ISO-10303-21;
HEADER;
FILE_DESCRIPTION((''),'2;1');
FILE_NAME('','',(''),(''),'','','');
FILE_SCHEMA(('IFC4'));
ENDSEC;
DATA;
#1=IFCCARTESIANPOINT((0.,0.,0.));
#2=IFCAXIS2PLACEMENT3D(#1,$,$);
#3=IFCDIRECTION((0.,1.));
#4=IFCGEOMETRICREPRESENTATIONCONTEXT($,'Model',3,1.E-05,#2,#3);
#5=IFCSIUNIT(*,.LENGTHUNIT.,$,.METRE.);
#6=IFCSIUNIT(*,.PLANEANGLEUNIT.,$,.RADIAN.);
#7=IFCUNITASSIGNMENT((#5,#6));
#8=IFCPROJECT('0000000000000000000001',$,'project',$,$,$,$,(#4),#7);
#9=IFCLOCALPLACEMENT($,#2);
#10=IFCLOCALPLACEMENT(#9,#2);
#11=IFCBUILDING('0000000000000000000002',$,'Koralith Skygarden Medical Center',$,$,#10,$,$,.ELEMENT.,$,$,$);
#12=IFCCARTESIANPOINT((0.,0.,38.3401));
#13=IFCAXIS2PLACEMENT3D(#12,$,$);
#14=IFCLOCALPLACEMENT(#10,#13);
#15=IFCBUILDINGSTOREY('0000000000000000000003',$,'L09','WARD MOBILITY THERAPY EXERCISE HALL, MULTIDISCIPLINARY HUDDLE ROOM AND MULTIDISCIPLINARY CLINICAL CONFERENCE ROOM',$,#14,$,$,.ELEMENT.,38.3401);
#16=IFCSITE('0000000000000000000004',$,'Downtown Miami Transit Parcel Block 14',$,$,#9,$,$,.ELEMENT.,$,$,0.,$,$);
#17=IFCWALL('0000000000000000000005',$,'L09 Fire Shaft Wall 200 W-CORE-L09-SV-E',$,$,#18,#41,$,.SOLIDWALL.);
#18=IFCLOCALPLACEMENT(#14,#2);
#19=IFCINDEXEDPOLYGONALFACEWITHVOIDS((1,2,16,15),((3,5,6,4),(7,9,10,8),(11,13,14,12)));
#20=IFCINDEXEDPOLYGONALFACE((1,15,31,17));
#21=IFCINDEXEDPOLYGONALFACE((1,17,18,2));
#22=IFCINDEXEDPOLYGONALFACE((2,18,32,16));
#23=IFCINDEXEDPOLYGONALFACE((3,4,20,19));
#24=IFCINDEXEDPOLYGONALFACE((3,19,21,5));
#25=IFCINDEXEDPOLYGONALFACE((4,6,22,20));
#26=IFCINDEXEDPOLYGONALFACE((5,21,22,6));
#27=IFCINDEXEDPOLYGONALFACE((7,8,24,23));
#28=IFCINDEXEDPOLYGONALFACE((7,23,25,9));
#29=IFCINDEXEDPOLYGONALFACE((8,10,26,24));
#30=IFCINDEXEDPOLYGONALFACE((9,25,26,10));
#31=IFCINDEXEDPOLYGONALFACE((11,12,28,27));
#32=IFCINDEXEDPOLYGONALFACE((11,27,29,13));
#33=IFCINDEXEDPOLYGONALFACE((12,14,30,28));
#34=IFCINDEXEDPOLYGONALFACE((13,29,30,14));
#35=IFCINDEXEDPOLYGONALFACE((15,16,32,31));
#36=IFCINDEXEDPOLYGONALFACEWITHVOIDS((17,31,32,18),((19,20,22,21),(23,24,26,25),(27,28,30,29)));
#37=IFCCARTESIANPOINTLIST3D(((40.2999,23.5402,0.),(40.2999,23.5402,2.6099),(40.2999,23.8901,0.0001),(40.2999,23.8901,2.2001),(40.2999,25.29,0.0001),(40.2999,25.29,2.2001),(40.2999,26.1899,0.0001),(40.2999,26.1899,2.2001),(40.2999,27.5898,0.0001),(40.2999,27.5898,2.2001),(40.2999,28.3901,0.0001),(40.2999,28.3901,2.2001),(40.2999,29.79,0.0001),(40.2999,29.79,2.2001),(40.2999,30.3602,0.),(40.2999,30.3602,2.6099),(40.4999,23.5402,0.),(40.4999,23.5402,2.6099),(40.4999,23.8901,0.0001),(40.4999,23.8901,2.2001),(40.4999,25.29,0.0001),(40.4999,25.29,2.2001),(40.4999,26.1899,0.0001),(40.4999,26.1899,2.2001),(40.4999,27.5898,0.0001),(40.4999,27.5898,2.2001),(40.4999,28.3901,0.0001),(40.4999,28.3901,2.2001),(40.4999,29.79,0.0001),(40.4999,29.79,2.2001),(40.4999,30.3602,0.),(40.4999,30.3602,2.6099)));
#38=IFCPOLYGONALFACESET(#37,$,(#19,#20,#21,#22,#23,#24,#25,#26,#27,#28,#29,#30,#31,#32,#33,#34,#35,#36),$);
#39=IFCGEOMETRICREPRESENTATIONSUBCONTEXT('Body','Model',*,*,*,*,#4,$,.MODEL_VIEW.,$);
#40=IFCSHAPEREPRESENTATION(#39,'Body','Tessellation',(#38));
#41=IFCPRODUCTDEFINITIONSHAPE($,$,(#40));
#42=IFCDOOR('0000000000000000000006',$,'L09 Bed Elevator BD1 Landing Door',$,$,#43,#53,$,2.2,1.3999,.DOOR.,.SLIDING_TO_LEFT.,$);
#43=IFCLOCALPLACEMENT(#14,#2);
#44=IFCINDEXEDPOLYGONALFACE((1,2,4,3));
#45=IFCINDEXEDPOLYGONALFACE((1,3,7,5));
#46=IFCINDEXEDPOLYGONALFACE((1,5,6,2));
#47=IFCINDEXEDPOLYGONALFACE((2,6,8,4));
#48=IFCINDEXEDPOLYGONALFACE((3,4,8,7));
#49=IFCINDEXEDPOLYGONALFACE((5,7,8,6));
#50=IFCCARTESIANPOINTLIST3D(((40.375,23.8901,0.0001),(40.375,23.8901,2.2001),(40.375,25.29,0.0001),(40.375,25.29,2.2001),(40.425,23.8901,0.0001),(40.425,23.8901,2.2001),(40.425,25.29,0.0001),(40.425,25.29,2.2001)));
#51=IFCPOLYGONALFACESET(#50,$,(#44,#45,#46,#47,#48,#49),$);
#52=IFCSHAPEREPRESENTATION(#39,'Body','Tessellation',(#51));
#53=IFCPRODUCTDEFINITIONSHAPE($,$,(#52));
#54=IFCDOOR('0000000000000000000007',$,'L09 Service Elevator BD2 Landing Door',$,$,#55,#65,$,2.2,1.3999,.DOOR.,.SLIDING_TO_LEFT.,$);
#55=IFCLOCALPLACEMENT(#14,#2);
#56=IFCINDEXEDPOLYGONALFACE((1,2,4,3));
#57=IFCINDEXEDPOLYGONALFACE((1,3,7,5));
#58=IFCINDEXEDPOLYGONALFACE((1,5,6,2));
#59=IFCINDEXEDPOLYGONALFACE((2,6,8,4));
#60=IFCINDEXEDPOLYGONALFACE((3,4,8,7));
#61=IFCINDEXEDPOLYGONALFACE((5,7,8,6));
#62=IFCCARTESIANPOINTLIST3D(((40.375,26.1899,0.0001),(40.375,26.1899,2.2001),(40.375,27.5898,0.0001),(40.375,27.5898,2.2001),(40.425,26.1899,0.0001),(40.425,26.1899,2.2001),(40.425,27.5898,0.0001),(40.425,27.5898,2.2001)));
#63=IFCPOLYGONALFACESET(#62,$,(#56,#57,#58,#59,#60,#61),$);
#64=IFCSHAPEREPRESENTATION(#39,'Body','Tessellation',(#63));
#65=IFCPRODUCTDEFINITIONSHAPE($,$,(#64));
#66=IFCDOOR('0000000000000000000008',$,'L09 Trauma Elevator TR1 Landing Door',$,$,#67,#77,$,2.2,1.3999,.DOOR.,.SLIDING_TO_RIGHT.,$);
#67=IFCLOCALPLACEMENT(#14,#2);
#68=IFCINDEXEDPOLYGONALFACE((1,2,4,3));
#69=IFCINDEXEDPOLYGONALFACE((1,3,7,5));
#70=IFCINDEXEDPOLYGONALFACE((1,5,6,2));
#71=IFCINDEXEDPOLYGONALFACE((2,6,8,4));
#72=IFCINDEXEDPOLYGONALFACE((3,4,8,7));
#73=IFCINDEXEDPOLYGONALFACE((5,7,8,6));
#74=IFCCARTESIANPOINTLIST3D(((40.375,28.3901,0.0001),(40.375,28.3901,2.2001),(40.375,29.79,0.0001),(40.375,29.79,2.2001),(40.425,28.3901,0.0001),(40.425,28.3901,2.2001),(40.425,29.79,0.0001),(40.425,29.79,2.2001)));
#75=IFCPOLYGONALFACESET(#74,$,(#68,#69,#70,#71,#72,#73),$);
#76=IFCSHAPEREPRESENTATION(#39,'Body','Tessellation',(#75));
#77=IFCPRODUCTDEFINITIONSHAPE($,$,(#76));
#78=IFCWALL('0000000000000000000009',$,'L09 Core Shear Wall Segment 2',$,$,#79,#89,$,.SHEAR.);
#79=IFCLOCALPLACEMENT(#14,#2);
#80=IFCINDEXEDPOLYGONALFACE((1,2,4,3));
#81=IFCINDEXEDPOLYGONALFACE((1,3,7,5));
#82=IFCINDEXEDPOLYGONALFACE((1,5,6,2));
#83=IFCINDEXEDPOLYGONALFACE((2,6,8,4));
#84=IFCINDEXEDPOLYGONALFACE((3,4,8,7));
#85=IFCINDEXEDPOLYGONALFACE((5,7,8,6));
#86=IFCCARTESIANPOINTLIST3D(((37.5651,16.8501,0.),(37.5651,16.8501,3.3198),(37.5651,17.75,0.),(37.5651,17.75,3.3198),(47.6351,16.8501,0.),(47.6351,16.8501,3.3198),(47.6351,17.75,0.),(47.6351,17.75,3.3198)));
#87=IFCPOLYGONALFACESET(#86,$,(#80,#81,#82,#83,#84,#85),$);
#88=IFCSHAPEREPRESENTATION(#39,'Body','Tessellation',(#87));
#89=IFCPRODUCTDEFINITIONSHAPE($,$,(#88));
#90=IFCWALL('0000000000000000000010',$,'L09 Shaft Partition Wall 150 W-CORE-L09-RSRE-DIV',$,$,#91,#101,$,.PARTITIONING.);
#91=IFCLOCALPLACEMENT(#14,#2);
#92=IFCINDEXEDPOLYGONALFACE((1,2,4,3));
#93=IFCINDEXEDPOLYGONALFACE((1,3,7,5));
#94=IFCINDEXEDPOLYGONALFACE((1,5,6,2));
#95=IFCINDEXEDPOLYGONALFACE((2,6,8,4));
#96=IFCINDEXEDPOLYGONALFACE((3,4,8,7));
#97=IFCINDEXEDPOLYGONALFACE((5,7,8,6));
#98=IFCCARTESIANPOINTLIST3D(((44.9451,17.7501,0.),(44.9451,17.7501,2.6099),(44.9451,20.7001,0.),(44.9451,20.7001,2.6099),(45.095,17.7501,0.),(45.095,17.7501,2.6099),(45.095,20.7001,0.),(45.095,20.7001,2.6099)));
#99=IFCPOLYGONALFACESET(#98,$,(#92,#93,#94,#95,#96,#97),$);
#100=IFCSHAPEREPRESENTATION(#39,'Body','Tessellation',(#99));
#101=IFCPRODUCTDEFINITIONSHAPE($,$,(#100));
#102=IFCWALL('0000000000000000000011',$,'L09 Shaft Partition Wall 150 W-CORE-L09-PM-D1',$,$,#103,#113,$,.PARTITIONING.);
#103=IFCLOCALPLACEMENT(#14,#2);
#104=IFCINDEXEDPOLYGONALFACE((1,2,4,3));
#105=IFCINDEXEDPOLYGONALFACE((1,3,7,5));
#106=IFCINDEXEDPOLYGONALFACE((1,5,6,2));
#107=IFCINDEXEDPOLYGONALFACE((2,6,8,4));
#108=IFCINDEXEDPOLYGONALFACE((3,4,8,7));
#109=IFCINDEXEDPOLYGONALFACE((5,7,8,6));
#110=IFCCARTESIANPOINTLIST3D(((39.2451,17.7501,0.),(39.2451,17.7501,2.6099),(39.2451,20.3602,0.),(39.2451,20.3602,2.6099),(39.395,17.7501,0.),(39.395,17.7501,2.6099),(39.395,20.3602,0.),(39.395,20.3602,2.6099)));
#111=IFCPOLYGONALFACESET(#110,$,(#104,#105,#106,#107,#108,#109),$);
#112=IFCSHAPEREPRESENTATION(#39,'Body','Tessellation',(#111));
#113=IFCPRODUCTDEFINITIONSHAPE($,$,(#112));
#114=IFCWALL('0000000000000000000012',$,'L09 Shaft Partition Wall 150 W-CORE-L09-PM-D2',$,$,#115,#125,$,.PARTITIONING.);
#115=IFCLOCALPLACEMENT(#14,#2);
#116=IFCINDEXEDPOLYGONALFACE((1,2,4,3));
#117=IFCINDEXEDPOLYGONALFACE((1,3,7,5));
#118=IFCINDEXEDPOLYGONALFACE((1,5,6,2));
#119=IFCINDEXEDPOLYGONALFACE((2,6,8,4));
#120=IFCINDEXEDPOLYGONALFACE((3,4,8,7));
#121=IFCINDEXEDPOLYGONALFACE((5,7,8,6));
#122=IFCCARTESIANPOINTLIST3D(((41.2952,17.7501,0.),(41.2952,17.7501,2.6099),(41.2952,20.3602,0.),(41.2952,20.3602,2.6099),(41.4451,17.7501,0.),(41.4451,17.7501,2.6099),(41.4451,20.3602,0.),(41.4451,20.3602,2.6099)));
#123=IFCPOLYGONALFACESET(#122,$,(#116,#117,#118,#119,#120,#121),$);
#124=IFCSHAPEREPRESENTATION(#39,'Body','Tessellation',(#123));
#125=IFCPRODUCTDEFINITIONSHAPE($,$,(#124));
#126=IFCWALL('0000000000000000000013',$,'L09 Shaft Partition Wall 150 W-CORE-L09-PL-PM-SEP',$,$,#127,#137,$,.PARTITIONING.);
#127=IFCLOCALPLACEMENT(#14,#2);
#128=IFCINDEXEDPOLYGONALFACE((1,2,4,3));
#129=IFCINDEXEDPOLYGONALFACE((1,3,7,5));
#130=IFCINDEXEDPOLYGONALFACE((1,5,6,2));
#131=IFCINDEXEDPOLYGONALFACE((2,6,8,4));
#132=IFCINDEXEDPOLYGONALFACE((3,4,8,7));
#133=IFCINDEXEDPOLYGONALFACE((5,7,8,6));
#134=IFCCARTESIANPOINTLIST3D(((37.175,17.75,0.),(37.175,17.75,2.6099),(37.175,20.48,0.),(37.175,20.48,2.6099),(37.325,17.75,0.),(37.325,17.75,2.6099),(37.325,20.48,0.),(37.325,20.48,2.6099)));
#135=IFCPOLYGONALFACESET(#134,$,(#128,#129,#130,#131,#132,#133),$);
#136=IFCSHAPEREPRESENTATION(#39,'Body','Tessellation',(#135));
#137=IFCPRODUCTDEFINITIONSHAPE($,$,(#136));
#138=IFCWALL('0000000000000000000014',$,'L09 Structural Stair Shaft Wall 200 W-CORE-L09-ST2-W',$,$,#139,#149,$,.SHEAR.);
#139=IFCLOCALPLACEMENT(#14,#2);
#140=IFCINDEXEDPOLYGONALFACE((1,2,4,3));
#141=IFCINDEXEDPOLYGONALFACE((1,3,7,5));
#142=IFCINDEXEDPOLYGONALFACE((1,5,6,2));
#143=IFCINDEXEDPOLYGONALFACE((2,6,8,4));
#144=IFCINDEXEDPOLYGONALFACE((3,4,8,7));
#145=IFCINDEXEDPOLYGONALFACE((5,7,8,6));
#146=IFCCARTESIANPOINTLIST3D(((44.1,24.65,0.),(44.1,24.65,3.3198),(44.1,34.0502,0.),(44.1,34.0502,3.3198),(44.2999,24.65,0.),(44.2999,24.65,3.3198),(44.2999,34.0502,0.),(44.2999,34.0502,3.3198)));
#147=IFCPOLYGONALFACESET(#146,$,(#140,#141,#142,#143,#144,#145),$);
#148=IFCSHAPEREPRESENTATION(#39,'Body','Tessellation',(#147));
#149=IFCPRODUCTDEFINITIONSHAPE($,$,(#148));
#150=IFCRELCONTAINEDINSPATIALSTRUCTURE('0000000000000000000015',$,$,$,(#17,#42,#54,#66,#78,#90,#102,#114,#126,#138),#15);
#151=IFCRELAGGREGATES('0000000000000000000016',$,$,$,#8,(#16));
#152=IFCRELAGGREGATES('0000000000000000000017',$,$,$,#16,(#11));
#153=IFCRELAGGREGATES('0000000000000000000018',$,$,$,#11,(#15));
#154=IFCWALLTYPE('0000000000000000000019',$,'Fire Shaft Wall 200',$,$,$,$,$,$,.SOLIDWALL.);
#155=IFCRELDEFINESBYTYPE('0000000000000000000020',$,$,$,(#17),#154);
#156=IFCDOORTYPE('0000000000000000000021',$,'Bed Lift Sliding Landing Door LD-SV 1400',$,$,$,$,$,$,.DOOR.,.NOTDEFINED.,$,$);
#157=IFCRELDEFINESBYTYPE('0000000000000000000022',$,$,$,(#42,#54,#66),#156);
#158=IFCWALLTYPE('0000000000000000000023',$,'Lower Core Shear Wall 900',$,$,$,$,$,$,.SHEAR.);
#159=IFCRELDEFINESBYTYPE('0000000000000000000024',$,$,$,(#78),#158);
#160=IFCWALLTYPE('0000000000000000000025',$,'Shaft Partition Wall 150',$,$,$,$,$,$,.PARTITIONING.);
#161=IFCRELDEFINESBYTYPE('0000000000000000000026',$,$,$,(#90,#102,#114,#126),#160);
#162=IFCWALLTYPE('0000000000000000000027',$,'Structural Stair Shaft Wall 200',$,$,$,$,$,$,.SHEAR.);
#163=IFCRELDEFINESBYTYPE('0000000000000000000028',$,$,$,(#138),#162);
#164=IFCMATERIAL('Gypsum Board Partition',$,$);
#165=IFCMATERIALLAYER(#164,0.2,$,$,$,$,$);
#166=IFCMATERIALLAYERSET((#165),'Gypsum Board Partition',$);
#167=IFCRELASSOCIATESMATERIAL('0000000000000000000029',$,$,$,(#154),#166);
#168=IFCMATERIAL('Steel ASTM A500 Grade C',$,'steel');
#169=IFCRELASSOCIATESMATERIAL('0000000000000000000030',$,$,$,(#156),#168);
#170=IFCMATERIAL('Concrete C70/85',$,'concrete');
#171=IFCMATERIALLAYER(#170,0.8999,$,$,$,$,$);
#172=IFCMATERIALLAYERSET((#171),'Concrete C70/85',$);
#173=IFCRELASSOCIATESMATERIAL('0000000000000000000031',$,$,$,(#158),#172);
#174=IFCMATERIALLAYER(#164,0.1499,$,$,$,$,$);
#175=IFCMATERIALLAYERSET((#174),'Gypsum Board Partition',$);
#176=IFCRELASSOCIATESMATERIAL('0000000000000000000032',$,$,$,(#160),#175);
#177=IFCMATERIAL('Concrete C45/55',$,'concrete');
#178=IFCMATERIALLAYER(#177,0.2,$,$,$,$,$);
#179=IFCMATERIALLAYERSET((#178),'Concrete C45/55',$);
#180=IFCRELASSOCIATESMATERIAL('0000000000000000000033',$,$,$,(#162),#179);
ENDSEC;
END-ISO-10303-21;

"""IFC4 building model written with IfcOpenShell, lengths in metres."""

from ifc_helpers import new_model, si_unit, direction, frame, frame_2d, origin, place, context, subcontext, project, spatial, rectangle, extrude, material, layer, layer_set, type_object, element, fill, save


model = new_model("IFC4")

# Units and contexts
model_context = context("Model", 3, precision=1e-05, world=origin(), true_north=direction((0.0, 1.0)))
body_context = subcontext(model_context, "Body", "Model", "MODEL_VIEW")
ifc_project = project(units=[si_unit("LENGTHUNIT", "METRE"), si_unit("PLANEANGLEUNIT", "RADIAN")], contexts=[model_context])

# Site, building, storey
site_placement = place(None, origin())
site = spatial("IfcSite", under=ifc_project, at=site_placement, Name="Downtown Miami Transit Parcel Block 14", CompositionType="ELEMENT", RefElevation=0.0)
building_placement = place(site_placement, origin())
building = spatial("IfcBuilding", under=site, at=building_placement, Name="Koralith Skygarden Medical Center", CompositionType="ELEMENT")
storey_placement = place(building_placement, frame((0.0, 0.0, 38.3401)))
storey = spatial("IfcBuildingStorey", under=building, at=storey_placement, Name="L09", Description="WARD MOBILITY THERAPY EXERCISE HALL, MULTIDISCIPLINARY HUDDLE ROOM AND MULTIDISCIPLINARY CLINICAL CONFERENCE ROOM", CompositionType="ELEMENT", Elevation=38.3401)

# Shared definitions
ifc_material_1 = material(Name="Concrete C70/85", Category="concrete")

# Shared definitions
ifc_material_2 = material(Name="Concrete C45/55", Category="concrete")

# Shared definitions
ifc_material_3 = material(Name="Gypsum Board Partition")
ifc_layer_1 = layer(ifc_material_3, 0.2)
ifc_layer_set_1 = layer_set([ifc_layer_1], Name="Gypsum Board Partition")
wall_type_1 = type_object("IfcWallType", Name="Fire Shaft Wall 200", PredefinedType="SOLIDWALL", material=ifc_layer_set_1)
ifc_material_4 = material(Name="Steel ASTM A500 Grade C", Category="steel")

# Wall, openings, doors
wall_1_placement = place(storey_placement, frame((40.3999, 23.54, 0.0), z_axis=(0.0, 0.0, 1.0), x_axis=(0.0, 1.0, 0.0)))
wall_1 = element("IfcWall", 1, at=wall_1_placement, inside=storey, type_object=wall_type_1, Name="L09 Fire Shaft Wall 200 W-CORE-L09-SV-E", PredefinedType="SOLIDWALL", context=body_context, shape_type="SweptSolid", body=[
    extrude(rectangle(XDim=6.8201, YDim=0.2, at=frame_2d((3.4102, 0.0))), origin(), (0.0, 0.0, 1.0), 2.6099),
])
opening_1_placement = place(wall_1_placement, frame((0.3501, 0.0, 0.0)))
opening_1 = element("IfcOpeningElement", 2, at=opening_1_placement, cuts=wall_1, PredefinedType="OPENING", context=body_context, shape_type="SweptSolid", body=[
    extrude(rectangle(XDim=1.3999, YDim=2.2, at=frame_2d((0.7, 1.1001))), frame((0.0, 0.1099, 0.0), z_axis=(0.0, -1.0, 0.0), x_axis=(1.0, 0.0, 0.0)), (0.0, 0.0, 1.0), 0.22),
])
opening_2_placement = place(wall_1_placement, frame((2.6499, 0.0, 0.0)))
opening_2 = element("IfcOpeningElement", 3, at=opening_2_placement, cuts=wall_1, PredefinedType="OPENING", context=body_context, shape_type="SweptSolid", body=[
    extrude(rectangle(XDim=1.3999, YDim=2.2, at=frame_2d((0.7, 1.1001))), frame((0.0, 0.1099, 0.0), z_axis=(0.0, -1.0, 0.0), x_axis=(1.0, 0.0, 0.0)), (0.0, 0.0, 1.0), 0.22),
])
opening_3_placement = place(wall_1_placement, frame((4.8501, 0.0, 0.0)))
opening_3 = element("IfcOpeningElement", 4, at=opening_3_placement, cuts=wall_1, PredefinedType="OPENING", context=body_context, shape_type="SweptSolid", body=[
    extrude(rectangle(XDim=1.3999, YDim=2.2, at=frame_2d((0.7, 1.1001))), frame((0.0, 0.1099, 0.0), z_axis=(0.0, -1.0, 0.0), x_axis=(1.0, 0.0, 0.0)), (0.0, 0.0, 1.0), 0.22),
])
door_type_1 = type_object("IfcDoorType", Name="Bed Lift Sliding Landing Door LD-SV 1400", OperationType="NOTDEFINED", PredefinedType="DOOR", material=ifc_material_4)
door_1_placement = place(opening_1_placement, origin())
door_1 = element("IfcDoor", 5, at=door_1_placement, inside=storey, type_object=door_type_1, Name="L09 Bed Elevator BD1 Landing Door", OperationType="SLIDING_TO_LEFT", OverallHeight=2.2, OverallWidth=1.3999, PredefinedType="DOOR", context=body_context, shape_type="SweptSolid", body=[
    extrude(rectangle(XDim=1.3999, YDim=2.2, at=frame_2d((0.7, 1.1001))), frame((0.0, 0.0249, 0.0), z_axis=(0.0, -1.0, 0.0), x_axis=(1.0, 0.0, 0.0)), (0.0, 0.0, 1.0), 0.05),
])
fill(opening_1, door_1)
door_2_placement = place(opening_2_placement, origin())
door_2 = element("IfcDoor", 6, at=door_2_placement, inside=storey, type_object=door_type_1, Name="L09 Service Elevator BD2 Landing Door", OperationType="SLIDING_TO_LEFT", OverallHeight=2.2, OverallWidth=1.3999, PredefinedType="DOOR", context=body_context, shape_type="SweptSolid", body=[
    extrude(rectangle(XDim=1.3999, YDim=2.2, at=frame_2d((0.7, 1.1001))), frame((0.0, 0.0249, 0.0), z_axis=(0.0, -1.0, 0.0), x_axis=(1.0, 0.0, 0.0)), (0.0, 0.0, 1.0), 0.05),
])
fill(opening_2, door_2)
door_3_placement = place(opening_3_placement, origin())
door_3 = element("IfcDoor", 7, at=door_3_placement, inside=storey, type_object=door_type_1, Name="L09 Trauma Elevator TR1 Landing Door", OperationType="SLIDING_TO_RIGHT", OverallHeight=2.2, OverallWidth=1.3999, PredefinedType="DOOR", context=body_context, shape_type="SweptSolid", body=[
    extrude(rectangle(XDim=1.3999, YDim=2.2, at=frame_2d((0.7, 1.1001))), frame((0.0, 0.0249, 0.0), z_axis=(0.0, -1.0, 0.0), x_axis=(1.0, 0.0, 0.0)), (0.0, 0.0, 1.0), 0.05),
])
fill(opening_3, door_3)

# Wall
ifc_layer_2 = layer(ifc_material_1, 0.8999)
ifc_layer_set_2 = layer_set([ifc_layer_2], Name="Concrete C70/85")
wall_type_2 = type_object("IfcWallType", Name="Lower Core Shear Wall 900", PredefinedType="SHEAR", material=ifc_layer_set_2)
wall_2_placement = place(storey_placement, frame((37.5649, 17.3, 0.0), z_axis=(0.0, 0.0, 1.0), x_axis=(1.0, 0.0, 0.0)))
element("IfcWall", 8, at=wall_2_placement, inside=storey, type_object=wall_type_2, Name="L09 Core Shear Wall Segment 2", PredefinedType="SHEAR", context=body_context, shape_type="SweptSolid", body=[
    extrude(rectangle(XDim=10.0701, YDim=0.8999, at=frame_2d((5.0352, 0.0))), origin(), (0.0, 0.0, 1.0), 3.3198),
])

# Walls
ifc_layer_3 = layer(ifc_material_3, 0.1499)
ifc_layer_set_3 = layer_set([ifc_layer_3], Name="Gypsum Board Partition")
wall_type_3 = type_object("IfcWallType", Name="Shaft Partition Wall 150", PredefinedType="PARTITIONING", material=ifc_layer_set_3)
wall_3_placement = place(storey_placement, frame((45.02, 17.75, 0.0), z_axis=(0.0, 0.0, 1.0), x_axis=(0.0, 1.0, 0.0)))
element("IfcWall", 9, at=wall_3_placement, inside=storey, type_object=wall_type_3, Name="L09 Shaft Partition Wall 150 W-CORE-L09-RSRE-DIV", PredefinedType="PARTITIONING", context=body_context, shape_type="SweptSolid", body=[
    extrude(rectangle(XDim=2.95, YDim=0.1499, at=frame_2d((1.4751, 0.0))), origin(), (0.0, 0.0, 1.0), 2.6099),
])
for number, where, z_axis, x_axis, name in (
    (10, (39.3201, 17.75, 0.0), (0.0, 0.0, 1.0), (0.0, 1.0, 0.0), "L09 Shaft Partition Wall 150 W-CORE-L09-PM-D1"),
    (11, (41.3701, 17.75, 0.0), (0.0, 0.0, 1.0), (0.0, 1.0, 0.0), "L09 Shaft Partition Wall 150 W-CORE-L09-PM-D2"),
):
    element("IfcWall", number, at=place(storey_placement, frame(where, z_axis=z_axis, x_axis=x_axis)), inside=storey, type_object=wall_type_3, Name=name, PredefinedType="PARTITIONING", context=body_context, shape_type="SweptSolid", body=[
        extrude(rectangle(XDim=2.6101, YDim=0.1499, at=frame_2d((1.3052, 0.0))), origin(), (0.0, 0.0, 1.0), 2.6099),
    ])
wall_4_placement = place(storey_placement, frame((37.25, 17.75, 0.0), z_axis=(0.0, 0.0, 1.0), x_axis=(0.0, 1.0, 0.0)))
element("IfcWall", 12, at=wall_4_placement, inside=storey, type_object=wall_type_3, Name="L09 Shaft Partition Wall 150 W-CORE-L09-PL-PM-SEP", PredefinedType="PARTITIONING", context=body_context, shape_type="SweptSolid", body=[
    extrude(rectangle(XDim=2.73, YDim=0.1499, at=frame_2d((1.365, 0.0))), origin(), (0.0, 0.0, 1.0), 2.6099),
])
ifc_layer_4 = layer(ifc_material_2, 0.2)
ifc_layer_set_4 = layer_set([ifc_layer_4], Name="Concrete C45/55")
wall_type_4 = type_object("IfcWallType", Name="Structural Stair Shaft Wall 200", PredefinedType="SHEAR", material=ifc_layer_set_4)
wall_5_placement = place(storey_placement, frame((44.2, 24.6499, 0.0), z_axis=(0.0, 0.0, 1.0), x_axis=(0.0, 1.0, 0.0)))
element("IfcWall", 13, at=wall_5_placement, inside=storey, type_object=wall_type_4, Name="L09 Structural Stair Shaft Wall 200 W-CORE-L09-ST2-W", PredefinedType="SHEAR", context=body_context, shape_type="SweptSolid", body=[
    extrude(rectangle(XDim=9.4001, YDim=0.2, at=frame_2d((4.7002, 0.0))), origin(), (0.0, 0.0, 1.0), 3.3198),
])

save(model, "model.ifc")
